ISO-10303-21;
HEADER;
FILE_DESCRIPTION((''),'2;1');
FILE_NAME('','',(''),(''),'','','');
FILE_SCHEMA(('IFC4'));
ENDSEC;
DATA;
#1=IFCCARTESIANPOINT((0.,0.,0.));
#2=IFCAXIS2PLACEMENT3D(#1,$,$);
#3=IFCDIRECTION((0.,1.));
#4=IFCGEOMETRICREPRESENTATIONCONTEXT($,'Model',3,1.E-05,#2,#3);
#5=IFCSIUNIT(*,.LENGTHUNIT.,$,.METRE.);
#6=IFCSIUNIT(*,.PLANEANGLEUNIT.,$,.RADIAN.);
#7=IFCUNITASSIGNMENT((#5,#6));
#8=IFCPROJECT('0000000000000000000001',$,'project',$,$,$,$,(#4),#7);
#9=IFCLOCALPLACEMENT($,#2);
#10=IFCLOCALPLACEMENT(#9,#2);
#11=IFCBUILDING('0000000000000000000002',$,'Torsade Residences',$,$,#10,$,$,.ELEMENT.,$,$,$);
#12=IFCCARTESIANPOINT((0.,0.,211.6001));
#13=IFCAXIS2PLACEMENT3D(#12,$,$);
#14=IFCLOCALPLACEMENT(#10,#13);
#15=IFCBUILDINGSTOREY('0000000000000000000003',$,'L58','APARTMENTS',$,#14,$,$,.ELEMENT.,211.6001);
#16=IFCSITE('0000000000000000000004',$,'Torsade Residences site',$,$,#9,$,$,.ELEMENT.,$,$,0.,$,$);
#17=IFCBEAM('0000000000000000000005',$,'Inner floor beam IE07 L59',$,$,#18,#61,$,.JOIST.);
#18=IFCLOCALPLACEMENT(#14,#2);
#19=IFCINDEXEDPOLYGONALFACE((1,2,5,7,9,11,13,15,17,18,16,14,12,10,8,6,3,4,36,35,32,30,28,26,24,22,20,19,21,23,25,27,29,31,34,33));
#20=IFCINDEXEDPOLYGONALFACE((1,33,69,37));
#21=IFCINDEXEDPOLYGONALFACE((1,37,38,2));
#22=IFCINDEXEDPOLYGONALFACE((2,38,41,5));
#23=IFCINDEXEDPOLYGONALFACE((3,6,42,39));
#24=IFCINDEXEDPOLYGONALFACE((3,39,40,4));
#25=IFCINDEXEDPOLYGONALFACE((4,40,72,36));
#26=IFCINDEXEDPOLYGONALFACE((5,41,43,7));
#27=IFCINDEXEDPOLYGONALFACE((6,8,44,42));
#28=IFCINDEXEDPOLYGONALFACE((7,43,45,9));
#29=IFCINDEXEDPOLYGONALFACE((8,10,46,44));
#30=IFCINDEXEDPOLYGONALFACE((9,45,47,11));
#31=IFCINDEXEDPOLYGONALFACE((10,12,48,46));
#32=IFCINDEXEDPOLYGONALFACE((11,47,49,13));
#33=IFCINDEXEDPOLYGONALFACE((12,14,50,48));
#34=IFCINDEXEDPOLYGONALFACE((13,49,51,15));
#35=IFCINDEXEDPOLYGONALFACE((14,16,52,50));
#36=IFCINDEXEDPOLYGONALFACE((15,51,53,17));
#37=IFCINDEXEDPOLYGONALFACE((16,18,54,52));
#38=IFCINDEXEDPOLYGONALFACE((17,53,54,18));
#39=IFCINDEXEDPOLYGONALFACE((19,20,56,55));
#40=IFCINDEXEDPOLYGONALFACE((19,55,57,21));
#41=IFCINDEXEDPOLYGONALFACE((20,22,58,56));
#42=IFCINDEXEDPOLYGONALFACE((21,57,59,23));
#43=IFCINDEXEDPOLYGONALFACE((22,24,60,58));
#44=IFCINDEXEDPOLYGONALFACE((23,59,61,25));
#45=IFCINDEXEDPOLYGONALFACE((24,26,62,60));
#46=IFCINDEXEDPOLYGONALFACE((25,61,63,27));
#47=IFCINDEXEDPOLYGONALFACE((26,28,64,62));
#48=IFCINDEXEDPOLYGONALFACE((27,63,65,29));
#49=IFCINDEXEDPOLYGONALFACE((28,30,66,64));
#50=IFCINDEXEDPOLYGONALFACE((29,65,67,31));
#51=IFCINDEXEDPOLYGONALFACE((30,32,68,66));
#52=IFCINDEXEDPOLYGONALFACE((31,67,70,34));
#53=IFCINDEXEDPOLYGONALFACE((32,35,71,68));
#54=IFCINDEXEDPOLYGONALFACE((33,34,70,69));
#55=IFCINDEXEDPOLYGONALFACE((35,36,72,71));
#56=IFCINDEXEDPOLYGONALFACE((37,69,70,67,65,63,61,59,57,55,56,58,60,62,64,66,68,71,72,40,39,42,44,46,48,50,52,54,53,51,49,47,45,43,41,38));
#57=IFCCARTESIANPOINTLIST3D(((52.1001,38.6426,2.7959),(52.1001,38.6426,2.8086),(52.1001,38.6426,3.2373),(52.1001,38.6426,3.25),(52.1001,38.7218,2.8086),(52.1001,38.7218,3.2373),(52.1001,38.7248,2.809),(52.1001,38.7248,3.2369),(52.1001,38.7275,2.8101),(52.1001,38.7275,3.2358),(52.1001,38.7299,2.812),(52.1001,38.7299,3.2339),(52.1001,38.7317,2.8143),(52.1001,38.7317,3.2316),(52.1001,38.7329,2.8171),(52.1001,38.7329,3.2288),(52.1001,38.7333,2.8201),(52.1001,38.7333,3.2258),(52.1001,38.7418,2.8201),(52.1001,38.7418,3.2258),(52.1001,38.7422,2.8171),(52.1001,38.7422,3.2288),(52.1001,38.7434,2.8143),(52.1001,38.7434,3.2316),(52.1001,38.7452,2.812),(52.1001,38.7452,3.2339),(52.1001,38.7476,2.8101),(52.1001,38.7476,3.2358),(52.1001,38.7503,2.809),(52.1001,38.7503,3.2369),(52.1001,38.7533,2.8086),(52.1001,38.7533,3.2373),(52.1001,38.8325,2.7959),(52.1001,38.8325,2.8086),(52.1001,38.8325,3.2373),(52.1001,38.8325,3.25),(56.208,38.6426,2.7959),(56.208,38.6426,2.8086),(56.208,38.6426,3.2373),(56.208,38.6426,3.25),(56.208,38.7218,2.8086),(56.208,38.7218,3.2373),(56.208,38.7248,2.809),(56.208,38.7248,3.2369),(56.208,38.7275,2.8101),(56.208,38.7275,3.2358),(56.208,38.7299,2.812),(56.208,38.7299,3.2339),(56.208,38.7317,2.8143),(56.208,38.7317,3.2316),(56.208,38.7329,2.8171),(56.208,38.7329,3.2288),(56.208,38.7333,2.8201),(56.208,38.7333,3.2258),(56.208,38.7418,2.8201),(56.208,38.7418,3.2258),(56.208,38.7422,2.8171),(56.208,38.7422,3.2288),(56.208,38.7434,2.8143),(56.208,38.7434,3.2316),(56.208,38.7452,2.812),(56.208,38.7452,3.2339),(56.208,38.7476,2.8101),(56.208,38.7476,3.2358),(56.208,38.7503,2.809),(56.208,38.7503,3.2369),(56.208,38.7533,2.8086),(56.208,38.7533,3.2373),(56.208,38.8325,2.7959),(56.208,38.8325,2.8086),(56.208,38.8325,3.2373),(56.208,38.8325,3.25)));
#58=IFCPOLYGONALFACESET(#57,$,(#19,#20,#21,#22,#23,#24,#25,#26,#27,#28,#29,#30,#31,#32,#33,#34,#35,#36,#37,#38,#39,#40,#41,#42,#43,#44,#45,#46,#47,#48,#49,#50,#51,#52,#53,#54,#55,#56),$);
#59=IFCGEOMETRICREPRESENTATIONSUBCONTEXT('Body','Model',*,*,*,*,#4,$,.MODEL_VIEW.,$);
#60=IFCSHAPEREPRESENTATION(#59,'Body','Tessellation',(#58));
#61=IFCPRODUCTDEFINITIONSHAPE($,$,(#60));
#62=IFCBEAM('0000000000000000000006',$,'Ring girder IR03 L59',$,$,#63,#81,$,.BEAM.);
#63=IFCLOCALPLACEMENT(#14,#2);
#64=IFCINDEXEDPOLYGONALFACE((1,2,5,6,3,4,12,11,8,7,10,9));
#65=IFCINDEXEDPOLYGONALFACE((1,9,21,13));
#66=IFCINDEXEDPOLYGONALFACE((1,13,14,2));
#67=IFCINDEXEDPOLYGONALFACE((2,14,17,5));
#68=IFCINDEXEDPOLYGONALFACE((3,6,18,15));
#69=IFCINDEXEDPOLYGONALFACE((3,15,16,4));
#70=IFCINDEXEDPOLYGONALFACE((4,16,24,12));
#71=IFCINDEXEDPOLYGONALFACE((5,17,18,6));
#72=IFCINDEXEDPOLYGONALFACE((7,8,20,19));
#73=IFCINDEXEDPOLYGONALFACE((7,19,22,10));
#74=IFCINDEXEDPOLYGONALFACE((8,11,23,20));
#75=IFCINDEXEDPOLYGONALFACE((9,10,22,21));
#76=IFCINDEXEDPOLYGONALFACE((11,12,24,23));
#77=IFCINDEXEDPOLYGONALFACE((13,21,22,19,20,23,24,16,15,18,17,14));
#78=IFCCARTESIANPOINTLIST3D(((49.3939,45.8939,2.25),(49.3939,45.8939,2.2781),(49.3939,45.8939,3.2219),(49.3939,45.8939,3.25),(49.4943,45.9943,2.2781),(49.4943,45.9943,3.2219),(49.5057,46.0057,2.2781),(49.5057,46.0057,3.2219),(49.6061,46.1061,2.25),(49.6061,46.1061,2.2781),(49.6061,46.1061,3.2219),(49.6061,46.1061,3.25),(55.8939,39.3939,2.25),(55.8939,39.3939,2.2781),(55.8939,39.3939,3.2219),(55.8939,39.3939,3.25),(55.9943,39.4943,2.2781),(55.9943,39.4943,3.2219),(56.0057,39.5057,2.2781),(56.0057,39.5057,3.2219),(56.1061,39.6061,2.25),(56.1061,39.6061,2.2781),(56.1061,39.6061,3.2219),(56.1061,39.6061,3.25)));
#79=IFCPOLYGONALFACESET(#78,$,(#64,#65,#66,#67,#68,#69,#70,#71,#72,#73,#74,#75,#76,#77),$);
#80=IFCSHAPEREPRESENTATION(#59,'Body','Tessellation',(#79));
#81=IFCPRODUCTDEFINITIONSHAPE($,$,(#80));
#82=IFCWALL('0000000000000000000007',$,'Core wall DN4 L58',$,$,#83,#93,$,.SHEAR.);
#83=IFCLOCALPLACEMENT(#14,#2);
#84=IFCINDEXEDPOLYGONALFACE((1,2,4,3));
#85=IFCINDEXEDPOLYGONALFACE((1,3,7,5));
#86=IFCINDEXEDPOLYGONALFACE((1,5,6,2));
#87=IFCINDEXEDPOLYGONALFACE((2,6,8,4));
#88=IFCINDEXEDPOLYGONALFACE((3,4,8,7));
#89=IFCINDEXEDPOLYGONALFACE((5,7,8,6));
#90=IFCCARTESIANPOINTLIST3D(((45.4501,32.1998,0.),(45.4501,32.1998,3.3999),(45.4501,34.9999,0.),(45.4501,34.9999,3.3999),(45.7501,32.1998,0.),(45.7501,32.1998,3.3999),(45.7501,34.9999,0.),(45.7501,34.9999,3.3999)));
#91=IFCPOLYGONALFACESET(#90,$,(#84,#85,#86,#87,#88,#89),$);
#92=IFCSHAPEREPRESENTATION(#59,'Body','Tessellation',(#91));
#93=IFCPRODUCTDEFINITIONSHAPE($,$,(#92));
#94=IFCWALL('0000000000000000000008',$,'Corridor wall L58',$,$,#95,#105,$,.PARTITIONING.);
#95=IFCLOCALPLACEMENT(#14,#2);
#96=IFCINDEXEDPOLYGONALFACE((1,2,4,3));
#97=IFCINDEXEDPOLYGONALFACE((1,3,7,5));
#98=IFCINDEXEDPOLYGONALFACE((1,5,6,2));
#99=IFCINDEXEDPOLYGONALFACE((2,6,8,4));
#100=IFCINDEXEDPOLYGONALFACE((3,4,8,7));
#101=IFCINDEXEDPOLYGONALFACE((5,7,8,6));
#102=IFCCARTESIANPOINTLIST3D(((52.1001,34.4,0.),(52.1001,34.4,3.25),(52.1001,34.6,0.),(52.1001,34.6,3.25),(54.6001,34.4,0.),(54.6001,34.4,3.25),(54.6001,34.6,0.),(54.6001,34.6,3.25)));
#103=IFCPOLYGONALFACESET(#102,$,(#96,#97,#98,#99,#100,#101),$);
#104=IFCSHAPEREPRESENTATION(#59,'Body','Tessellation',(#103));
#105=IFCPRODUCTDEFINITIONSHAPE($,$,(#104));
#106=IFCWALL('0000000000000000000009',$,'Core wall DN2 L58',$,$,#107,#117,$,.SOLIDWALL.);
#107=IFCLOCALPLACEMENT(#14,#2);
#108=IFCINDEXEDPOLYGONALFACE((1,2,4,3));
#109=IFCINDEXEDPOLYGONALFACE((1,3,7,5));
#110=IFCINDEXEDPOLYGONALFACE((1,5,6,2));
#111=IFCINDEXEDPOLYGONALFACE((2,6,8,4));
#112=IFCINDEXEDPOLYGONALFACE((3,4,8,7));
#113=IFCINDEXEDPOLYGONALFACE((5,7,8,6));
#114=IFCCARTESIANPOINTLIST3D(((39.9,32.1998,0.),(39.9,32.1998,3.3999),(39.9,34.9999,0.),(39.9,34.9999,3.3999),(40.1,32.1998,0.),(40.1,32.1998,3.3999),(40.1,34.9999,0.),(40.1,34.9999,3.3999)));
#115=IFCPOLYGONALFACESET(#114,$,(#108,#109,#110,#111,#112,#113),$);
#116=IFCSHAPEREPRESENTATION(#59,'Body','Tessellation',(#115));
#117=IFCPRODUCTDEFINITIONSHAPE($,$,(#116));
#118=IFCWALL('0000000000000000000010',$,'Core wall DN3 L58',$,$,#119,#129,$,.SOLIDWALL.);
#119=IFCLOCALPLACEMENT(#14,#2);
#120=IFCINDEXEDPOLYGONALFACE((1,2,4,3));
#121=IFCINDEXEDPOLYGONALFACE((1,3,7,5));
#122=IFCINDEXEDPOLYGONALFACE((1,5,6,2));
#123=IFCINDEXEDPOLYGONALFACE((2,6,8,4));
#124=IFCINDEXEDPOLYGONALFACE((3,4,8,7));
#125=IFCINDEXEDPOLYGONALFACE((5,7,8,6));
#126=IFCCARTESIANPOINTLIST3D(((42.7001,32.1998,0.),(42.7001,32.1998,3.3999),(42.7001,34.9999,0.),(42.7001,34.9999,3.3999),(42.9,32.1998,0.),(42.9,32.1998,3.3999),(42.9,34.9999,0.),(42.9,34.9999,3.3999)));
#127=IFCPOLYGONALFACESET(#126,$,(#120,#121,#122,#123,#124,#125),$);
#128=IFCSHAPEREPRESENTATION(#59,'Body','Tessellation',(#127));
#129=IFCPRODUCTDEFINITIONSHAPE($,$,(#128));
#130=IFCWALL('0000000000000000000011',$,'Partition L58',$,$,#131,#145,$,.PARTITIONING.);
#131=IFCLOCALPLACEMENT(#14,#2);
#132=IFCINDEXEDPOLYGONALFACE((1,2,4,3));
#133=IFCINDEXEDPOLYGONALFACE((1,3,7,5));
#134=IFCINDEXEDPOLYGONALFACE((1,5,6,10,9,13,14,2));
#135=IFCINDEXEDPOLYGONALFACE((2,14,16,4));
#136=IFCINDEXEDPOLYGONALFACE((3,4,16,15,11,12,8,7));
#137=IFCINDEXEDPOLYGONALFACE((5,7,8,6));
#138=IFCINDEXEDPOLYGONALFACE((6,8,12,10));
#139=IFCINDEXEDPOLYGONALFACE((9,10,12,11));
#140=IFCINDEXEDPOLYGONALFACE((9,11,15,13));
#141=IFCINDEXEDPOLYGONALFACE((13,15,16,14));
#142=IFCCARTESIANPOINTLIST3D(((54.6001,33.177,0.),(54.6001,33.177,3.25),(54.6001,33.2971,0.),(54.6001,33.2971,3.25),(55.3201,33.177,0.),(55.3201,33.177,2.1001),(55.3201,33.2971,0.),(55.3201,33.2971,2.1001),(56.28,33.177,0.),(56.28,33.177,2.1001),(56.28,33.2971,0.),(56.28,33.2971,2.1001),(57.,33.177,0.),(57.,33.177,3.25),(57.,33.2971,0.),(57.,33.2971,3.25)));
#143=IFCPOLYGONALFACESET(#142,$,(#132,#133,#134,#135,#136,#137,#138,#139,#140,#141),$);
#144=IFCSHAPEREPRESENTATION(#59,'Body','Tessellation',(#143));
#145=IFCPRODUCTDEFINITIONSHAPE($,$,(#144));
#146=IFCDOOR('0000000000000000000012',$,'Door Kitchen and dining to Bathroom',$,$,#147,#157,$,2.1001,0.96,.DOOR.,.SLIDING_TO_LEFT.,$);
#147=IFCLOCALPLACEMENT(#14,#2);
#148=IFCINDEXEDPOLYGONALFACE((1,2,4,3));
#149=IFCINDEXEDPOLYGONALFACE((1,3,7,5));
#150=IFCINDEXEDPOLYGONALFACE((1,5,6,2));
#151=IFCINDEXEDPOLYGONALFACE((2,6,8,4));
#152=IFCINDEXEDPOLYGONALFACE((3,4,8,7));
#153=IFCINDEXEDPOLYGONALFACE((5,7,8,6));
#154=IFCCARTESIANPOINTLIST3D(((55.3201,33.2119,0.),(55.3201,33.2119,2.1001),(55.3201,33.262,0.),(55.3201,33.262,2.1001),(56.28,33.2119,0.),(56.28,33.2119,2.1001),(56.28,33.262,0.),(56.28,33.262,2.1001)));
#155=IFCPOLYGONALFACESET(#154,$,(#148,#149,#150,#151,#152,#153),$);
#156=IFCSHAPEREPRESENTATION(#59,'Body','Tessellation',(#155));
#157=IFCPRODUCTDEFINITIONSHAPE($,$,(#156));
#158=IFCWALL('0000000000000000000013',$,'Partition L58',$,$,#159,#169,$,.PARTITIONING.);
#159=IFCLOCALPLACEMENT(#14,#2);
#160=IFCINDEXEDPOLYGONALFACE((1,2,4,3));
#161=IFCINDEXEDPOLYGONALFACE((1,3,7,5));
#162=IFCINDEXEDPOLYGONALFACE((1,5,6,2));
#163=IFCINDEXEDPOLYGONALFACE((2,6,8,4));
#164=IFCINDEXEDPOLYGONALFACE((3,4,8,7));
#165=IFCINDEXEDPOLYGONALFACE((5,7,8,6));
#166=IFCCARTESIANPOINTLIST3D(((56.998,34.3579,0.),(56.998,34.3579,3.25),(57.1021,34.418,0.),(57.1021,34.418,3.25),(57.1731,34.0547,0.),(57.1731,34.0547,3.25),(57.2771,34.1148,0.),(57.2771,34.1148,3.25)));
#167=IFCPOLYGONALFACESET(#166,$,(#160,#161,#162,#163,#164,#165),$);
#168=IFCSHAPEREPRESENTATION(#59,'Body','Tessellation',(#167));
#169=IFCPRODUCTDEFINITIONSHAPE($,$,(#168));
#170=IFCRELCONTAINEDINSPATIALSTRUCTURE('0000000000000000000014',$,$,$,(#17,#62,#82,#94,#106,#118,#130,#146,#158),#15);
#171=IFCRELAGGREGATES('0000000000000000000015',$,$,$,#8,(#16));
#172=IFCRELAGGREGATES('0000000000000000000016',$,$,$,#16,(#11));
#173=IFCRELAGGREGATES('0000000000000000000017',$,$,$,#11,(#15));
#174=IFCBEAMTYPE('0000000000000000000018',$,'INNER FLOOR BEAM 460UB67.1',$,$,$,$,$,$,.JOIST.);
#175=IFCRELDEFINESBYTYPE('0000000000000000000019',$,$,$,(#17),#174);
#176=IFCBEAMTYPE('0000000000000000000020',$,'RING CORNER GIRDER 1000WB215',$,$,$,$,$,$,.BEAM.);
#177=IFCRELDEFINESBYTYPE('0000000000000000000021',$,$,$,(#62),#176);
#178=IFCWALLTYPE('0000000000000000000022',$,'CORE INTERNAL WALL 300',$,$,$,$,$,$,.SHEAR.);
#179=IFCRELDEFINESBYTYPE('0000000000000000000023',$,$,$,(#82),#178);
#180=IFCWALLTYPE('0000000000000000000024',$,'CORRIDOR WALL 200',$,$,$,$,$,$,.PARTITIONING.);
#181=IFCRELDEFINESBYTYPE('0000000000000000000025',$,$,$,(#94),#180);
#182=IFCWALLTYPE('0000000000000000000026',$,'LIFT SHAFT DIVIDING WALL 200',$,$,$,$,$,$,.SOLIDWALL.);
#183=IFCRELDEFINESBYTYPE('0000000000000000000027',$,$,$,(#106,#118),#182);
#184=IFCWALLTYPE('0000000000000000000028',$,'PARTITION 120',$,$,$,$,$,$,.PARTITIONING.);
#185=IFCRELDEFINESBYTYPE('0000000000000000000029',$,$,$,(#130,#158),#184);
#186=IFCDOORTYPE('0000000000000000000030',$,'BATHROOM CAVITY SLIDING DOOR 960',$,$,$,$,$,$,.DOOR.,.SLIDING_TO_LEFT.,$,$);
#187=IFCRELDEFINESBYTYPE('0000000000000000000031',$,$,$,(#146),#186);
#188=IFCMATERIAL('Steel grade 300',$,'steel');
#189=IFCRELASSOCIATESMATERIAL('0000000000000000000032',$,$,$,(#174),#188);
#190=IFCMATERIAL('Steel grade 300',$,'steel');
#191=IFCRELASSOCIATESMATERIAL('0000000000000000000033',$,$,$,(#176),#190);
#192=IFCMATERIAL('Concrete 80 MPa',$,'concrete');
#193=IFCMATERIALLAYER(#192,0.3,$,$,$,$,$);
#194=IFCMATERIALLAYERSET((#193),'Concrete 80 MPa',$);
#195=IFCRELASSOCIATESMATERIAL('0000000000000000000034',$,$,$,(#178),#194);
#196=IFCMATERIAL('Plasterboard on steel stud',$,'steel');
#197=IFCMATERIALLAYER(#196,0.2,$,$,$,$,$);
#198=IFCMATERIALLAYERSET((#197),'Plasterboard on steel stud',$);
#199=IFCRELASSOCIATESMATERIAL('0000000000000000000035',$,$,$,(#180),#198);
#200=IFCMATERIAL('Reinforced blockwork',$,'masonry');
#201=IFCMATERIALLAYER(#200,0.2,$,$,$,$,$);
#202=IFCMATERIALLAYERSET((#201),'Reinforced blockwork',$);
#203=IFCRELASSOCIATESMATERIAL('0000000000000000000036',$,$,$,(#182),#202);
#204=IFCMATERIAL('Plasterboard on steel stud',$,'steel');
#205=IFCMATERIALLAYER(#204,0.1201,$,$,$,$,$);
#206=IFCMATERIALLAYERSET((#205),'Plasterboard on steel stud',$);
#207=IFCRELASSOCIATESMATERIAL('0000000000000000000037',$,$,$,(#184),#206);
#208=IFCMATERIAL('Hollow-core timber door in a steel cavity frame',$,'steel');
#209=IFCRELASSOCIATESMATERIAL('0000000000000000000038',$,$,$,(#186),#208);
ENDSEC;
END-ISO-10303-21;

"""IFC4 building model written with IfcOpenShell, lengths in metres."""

from ifc_helpers import new_model, si_unit, direction, frame, frame_2d, origin, origin_2d, place, context, subcontext, project, spatial, rectangle, i_section, extrude, material, layer, layer_set, material_profile, profile_set, type_object, element, fill, save


model = new_model("IFC4")

# Units and contexts
model_context = context("Model", 3, precision=1e-05, world=origin(), true_north=direction((0.0, 1.0)))
body_context = subcontext(model_context, "Body", "Model", "MODEL_VIEW")
ifc_project = project(units=[si_unit("LENGTHUNIT", "METRE"), si_unit("PLANEANGLEUNIT", "RADIAN")], contexts=[model_context])

# Site, building, storey
site_placement = place(None, origin())
site = spatial("IfcSite", under=ifc_project, at=site_placement, Name="Torsade Residences site", CompositionType="ELEMENT", RefElevation=0.0)
building_placement = place(site_placement, origin())
building = spatial("IfcBuilding", under=site, at=building_placement, Name="Torsade Residences", CompositionType="ELEMENT")
storey_placement = place(building_placement, frame((0.0, 0.0, 211.6001)))
storey = spatial("IfcBuildingStorey", under=building, at=storey_placement, Name="L58", Description="APARTMENTS", CompositionType="ELEMENT", Elevation=211.6001)

# Beams
ifc_material_1 = material(Name="Steel grade 300", Category="steel")
ifc_material_profile_1 = material_profile(ifc_material_1, i_section(OverallWidth=0.1899, OverallDepth=0.4541, WebThickness=0.0085, FlangeThickness=0.0127, FilletRadius=0.0115, at=origin_2d()), Name="460UB67.1")
ifc_profile_set_1 = profile_set([ifc_material_profile_1], Name="Steel grade 300")
beam_type_1 = type_object("IfcBeamType", Name="INNER FLOOR BEAM 460UB67.1", PredefinedType="JOIST", material=ifc_profile_set_1)
beam_1_placement = place(storey_placement, frame((52.1001, 38.7375, 3.0229), z_axis=(1.0, 0.0, 0.0), x_axis=(0.0, 1.0, 0.0)))
element("IfcBeam", 1, at=beam_1_placement, inside=storey, type_object=beam_type_1, Name="Inner floor beam IE07 L59", PredefinedType="JOIST", context=body_context, shape_type="SweptSolid", body=[
    extrude(i_section(OverallWidth=0.1899, OverallDepth=0.4541, WebThickness=0.0085, FlangeThickness=0.0127, FilletRadius=0.0115, at=origin_2d()), origin(), (0.0, 0.0, 1.0), 4.1079),
])
ifc_material_2 = material(Name="Steel grade 300", Category="steel")
ifc_material_profile_2 = material_profile(ifc_material_2, i_section(OverallWidth=0.3, OverallDepth=1.0, WebThickness=0.0161, FlangeThickness=0.0281, at=origin_2d()), Name="1000WB215")
ifc_profile_set_2 = profile_set([ifc_material_profile_2], Name="Steel grade 300")
beam_type_2 = type_object("IfcBeamType", Name="RING CORNER GIRDER 1000WB215", PredefinedType="BEAM", material=ifc_profile_set_2)
beam_2_placement = place(storey_placement, frame((56.0, 39.5, 2.75), z_axis=(-0.707107, 0.707107, 0.0), x_axis=(-0.707107, -0.707107, 0.0)))
element("IfcBeam", 2, at=beam_2_placement, inside=storey, type_object=beam_type_2, Name="Ring girder IR03 L59", PredefinedType="BEAM", context=body_context, shape_type="SweptSolid", body=[
    extrude(i_section(OverallWidth=0.3, OverallDepth=1.0, WebThickness=0.0161, FlangeThickness=0.0281, at=origin_2d()), origin(), (0.0, 0.0, 1.0), 9.1924),
])

# Walls
ifc_material_3 = material(Name="Concrete 80 MPa", Category="concrete")
ifc_layer_1 = layer(ifc_material_3, 0.3)
ifc_layer_set_1 = layer_set([ifc_layer_1], Name="Concrete 80 MPa")
wall_type_1 = type_object("IfcWallType", Name="CORE INTERNAL WALL 300", PredefinedType="SHEAR", material=ifc_layer_set_1)
wall_1_placement = place(storey_placement, frame((45.6001, 32.2, 0.0), z_axis=(0.0, 0.0, 1.0), x_axis=(0.0, 1.0, 0.0)))
element("IfcWall", 3, at=wall_1_placement, inside=storey, type_object=wall_type_1, Name="Core wall DN4 L58", PredefinedType="SHEAR", context=body_context, shape_type="SweptSolid", body=[
    extrude(rectangle(XDim=2.8, YDim=0.3, at=frame_2d((1.3999, 0.0))), origin(), (0.0, 0.0, 1.0), 3.3999),
])
ifc_material_4 = material(Name="Plasterboard on steel stud", Category="steel")
ifc_layer_2 = layer(ifc_material_4, 0.2)
ifc_layer_set_2 = layer_set([ifc_layer_2], Name="Plasterboard on steel stud")
wall_type_2 = type_object("IfcWallType", Name="CORRIDOR WALL 200", PredefinedType="PARTITIONING", material=ifc_layer_set_2)
wall_2_placement = place(storey_placement, frame((52.1001, 34.5, 0.0), z_axis=(0.0, 0.0, 1.0), x_axis=(1.0, 0.0, 0.0)))
element("IfcWall", 4, at=wall_2_placement, inside=storey, type_object=wall_type_2, Name="Corridor wall L58", PredefinedType="PARTITIONING", context=body_context, shape_type="SweptSolid", body=[
    extrude(rectangle(XDim=2.5, YDim=0.2, at=frame_2d((1.25, 0.0))), origin(), (0.0, 0.0, 1.0), 3.25),
])
ifc_material_5 = material(Name="Reinforced blockwork", Category="masonry")
ifc_layer_3 = layer(ifc_material_5, 0.2)
ifc_layer_set_3 = layer_set([ifc_layer_3], Name="Reinforced blockwork")
wall_type_3 = type_object("IfcWallType", Name="LIFT SHAFT DIVIDING WALL 200", PredefinedType="SOLIDWALL", material=ifc_layer_set_3)
for number, where, z_axis, x_axis, name in (
    (5, (40.0, 32.2, 0.0), (0.0, 0.0, 1.0), (0.0, 1.0, 0.0), "Core wall DN2 L58"),
    (6, (42.8, 32.2, 0.0), (0.0, 0.0, 1.0), (0.0, 1.0, 0.0), "Core wall DN3 L58"),
):
    element("IfcWall", number, at=place(storey_placement, frame(where, z_axis=z_axis, x_axis=x_axis)), inside=storey, type_object=wall_type_3, Name=name, PredefinedType="SOLIDWALL", context=body_context, shape_type="SweptSolid", body=[
        extrude(rectangle(XDim=2.8, YDim=0.2, at=frame_2d((1.3999, 0.0))), origin(), (0.0, 0.0, 1.0), 3.3999),
    ])

# Wall, opening, door
ifc_material_6 = material(Name="Plasterboard on steel stud", Category="steel")
ifc_layer_4 = layer(ifc_material_6, 0.1201)
ifc_layer_set_4 = layer_set([ifc_layer_4], Name="Plasterboard on steel stud")
wall_type_4 = type_object("IfcWallType", Name="PARTITION 120", PredefinedType="PARTITIONING", material=ifc_layer_set_4)
wall_3_placement = place(storey_placement, frame((54.6001, 33.2371, 0.0), z_axis=(0.0, 0.0, 1.0), x_axis=(1.0, 0.0, 0.0)))
wall_3 = element("IfcWall", 7, at=wall_3_placement, inside=storey, type_object=wall_type_4, Name="Partition L58", PredefinedType="PARTITIONING", context=body_context, shape_type="SweptSolid", body=[
    extrude(rectangle(XDim=2.3999, YDim=0.1201, at=frame_2d((1.2, 0.0))), origin(), (0.0, 0.0, 1.0), 3.25),
])
opening_1_placement = place(wall_3_placement, frame((0.72, 0.0, 0.0)))
opening_1 = element("IfcOpeningElement", 8, at=opening_1_placement, cuts=wall_3, PredefinedType="OPENING", context=body_context, shape_type="SweptSolid", body=[
    extrude(rectangle(XDim=0.96, YDim=2.1001, at=frame_2d((0.48, 1.05))), frame((0.0, 0.0701, 0.0), z_axis=(0.0, -1.0, 0.0), x_axis=(1.0, 0.0, 0.0)), (0.0, 0.0, 1.0), 0.1401),
])
ifc_material_7 = material(Name="Hollow-core timber door in a steel cavity frame", Category="steel")
door_type_1 = type_object("IfcDoorType", Name="BATHROOM CAVITY SLIDING DOOR 960", OperationType="SLIDING_TO_LEFT", PredefinedType="DOOR", material=ifc_material_7)
door_1_placement = place(opening_1_placement, origin())
door_1 = element("IfcDoor", 9, at=door_1_placement, inside=storey, type_object=door_type_1, Name="Door Kitchen and dining to Bathroom", OperationType="SLIDING_TO_LEFT", OverallHeight=2.1001, OverallWidth=0.96, PredefinedType="DOOR", context=body_context, shape_type="SweptSolid", body=[
    extrude(rectangle(XDim=0.96, YDim=2.1001, at=frame_2d((0.48, 1.05))), frame((0.0, 0.0249, 0.0), z_axis=(0.0, -1.0, 0.0), x_axis=(1.0, 0.0, 0.0)), (0.0, 0.0, 1.0), 0.05),
])
fill(opening_1, door_1)

# Wall
wall_4_placement = place(storey_placement, frame((57.05, 34.3879, 0.0), z_axis=(0.0, 0.0, 1.0), x_axis=(0.499964, -0.866046, 0.0)))
element("IfcWall", 10, at=wall_4_placement, inside=storey, type_object=wall_type_4, Name="Partition L58", PredefinedType="PARTITIONING", context=body_context, shape_type="SweptSolid", body=[
    extrude(rectangle(XDim=0.3501, YDim=0.1201, at=frame_2d((0.175, 0.0))), origin(), (0.0, 0.0, 1.0), 3.25),
])

save(model, "model.ifc")
